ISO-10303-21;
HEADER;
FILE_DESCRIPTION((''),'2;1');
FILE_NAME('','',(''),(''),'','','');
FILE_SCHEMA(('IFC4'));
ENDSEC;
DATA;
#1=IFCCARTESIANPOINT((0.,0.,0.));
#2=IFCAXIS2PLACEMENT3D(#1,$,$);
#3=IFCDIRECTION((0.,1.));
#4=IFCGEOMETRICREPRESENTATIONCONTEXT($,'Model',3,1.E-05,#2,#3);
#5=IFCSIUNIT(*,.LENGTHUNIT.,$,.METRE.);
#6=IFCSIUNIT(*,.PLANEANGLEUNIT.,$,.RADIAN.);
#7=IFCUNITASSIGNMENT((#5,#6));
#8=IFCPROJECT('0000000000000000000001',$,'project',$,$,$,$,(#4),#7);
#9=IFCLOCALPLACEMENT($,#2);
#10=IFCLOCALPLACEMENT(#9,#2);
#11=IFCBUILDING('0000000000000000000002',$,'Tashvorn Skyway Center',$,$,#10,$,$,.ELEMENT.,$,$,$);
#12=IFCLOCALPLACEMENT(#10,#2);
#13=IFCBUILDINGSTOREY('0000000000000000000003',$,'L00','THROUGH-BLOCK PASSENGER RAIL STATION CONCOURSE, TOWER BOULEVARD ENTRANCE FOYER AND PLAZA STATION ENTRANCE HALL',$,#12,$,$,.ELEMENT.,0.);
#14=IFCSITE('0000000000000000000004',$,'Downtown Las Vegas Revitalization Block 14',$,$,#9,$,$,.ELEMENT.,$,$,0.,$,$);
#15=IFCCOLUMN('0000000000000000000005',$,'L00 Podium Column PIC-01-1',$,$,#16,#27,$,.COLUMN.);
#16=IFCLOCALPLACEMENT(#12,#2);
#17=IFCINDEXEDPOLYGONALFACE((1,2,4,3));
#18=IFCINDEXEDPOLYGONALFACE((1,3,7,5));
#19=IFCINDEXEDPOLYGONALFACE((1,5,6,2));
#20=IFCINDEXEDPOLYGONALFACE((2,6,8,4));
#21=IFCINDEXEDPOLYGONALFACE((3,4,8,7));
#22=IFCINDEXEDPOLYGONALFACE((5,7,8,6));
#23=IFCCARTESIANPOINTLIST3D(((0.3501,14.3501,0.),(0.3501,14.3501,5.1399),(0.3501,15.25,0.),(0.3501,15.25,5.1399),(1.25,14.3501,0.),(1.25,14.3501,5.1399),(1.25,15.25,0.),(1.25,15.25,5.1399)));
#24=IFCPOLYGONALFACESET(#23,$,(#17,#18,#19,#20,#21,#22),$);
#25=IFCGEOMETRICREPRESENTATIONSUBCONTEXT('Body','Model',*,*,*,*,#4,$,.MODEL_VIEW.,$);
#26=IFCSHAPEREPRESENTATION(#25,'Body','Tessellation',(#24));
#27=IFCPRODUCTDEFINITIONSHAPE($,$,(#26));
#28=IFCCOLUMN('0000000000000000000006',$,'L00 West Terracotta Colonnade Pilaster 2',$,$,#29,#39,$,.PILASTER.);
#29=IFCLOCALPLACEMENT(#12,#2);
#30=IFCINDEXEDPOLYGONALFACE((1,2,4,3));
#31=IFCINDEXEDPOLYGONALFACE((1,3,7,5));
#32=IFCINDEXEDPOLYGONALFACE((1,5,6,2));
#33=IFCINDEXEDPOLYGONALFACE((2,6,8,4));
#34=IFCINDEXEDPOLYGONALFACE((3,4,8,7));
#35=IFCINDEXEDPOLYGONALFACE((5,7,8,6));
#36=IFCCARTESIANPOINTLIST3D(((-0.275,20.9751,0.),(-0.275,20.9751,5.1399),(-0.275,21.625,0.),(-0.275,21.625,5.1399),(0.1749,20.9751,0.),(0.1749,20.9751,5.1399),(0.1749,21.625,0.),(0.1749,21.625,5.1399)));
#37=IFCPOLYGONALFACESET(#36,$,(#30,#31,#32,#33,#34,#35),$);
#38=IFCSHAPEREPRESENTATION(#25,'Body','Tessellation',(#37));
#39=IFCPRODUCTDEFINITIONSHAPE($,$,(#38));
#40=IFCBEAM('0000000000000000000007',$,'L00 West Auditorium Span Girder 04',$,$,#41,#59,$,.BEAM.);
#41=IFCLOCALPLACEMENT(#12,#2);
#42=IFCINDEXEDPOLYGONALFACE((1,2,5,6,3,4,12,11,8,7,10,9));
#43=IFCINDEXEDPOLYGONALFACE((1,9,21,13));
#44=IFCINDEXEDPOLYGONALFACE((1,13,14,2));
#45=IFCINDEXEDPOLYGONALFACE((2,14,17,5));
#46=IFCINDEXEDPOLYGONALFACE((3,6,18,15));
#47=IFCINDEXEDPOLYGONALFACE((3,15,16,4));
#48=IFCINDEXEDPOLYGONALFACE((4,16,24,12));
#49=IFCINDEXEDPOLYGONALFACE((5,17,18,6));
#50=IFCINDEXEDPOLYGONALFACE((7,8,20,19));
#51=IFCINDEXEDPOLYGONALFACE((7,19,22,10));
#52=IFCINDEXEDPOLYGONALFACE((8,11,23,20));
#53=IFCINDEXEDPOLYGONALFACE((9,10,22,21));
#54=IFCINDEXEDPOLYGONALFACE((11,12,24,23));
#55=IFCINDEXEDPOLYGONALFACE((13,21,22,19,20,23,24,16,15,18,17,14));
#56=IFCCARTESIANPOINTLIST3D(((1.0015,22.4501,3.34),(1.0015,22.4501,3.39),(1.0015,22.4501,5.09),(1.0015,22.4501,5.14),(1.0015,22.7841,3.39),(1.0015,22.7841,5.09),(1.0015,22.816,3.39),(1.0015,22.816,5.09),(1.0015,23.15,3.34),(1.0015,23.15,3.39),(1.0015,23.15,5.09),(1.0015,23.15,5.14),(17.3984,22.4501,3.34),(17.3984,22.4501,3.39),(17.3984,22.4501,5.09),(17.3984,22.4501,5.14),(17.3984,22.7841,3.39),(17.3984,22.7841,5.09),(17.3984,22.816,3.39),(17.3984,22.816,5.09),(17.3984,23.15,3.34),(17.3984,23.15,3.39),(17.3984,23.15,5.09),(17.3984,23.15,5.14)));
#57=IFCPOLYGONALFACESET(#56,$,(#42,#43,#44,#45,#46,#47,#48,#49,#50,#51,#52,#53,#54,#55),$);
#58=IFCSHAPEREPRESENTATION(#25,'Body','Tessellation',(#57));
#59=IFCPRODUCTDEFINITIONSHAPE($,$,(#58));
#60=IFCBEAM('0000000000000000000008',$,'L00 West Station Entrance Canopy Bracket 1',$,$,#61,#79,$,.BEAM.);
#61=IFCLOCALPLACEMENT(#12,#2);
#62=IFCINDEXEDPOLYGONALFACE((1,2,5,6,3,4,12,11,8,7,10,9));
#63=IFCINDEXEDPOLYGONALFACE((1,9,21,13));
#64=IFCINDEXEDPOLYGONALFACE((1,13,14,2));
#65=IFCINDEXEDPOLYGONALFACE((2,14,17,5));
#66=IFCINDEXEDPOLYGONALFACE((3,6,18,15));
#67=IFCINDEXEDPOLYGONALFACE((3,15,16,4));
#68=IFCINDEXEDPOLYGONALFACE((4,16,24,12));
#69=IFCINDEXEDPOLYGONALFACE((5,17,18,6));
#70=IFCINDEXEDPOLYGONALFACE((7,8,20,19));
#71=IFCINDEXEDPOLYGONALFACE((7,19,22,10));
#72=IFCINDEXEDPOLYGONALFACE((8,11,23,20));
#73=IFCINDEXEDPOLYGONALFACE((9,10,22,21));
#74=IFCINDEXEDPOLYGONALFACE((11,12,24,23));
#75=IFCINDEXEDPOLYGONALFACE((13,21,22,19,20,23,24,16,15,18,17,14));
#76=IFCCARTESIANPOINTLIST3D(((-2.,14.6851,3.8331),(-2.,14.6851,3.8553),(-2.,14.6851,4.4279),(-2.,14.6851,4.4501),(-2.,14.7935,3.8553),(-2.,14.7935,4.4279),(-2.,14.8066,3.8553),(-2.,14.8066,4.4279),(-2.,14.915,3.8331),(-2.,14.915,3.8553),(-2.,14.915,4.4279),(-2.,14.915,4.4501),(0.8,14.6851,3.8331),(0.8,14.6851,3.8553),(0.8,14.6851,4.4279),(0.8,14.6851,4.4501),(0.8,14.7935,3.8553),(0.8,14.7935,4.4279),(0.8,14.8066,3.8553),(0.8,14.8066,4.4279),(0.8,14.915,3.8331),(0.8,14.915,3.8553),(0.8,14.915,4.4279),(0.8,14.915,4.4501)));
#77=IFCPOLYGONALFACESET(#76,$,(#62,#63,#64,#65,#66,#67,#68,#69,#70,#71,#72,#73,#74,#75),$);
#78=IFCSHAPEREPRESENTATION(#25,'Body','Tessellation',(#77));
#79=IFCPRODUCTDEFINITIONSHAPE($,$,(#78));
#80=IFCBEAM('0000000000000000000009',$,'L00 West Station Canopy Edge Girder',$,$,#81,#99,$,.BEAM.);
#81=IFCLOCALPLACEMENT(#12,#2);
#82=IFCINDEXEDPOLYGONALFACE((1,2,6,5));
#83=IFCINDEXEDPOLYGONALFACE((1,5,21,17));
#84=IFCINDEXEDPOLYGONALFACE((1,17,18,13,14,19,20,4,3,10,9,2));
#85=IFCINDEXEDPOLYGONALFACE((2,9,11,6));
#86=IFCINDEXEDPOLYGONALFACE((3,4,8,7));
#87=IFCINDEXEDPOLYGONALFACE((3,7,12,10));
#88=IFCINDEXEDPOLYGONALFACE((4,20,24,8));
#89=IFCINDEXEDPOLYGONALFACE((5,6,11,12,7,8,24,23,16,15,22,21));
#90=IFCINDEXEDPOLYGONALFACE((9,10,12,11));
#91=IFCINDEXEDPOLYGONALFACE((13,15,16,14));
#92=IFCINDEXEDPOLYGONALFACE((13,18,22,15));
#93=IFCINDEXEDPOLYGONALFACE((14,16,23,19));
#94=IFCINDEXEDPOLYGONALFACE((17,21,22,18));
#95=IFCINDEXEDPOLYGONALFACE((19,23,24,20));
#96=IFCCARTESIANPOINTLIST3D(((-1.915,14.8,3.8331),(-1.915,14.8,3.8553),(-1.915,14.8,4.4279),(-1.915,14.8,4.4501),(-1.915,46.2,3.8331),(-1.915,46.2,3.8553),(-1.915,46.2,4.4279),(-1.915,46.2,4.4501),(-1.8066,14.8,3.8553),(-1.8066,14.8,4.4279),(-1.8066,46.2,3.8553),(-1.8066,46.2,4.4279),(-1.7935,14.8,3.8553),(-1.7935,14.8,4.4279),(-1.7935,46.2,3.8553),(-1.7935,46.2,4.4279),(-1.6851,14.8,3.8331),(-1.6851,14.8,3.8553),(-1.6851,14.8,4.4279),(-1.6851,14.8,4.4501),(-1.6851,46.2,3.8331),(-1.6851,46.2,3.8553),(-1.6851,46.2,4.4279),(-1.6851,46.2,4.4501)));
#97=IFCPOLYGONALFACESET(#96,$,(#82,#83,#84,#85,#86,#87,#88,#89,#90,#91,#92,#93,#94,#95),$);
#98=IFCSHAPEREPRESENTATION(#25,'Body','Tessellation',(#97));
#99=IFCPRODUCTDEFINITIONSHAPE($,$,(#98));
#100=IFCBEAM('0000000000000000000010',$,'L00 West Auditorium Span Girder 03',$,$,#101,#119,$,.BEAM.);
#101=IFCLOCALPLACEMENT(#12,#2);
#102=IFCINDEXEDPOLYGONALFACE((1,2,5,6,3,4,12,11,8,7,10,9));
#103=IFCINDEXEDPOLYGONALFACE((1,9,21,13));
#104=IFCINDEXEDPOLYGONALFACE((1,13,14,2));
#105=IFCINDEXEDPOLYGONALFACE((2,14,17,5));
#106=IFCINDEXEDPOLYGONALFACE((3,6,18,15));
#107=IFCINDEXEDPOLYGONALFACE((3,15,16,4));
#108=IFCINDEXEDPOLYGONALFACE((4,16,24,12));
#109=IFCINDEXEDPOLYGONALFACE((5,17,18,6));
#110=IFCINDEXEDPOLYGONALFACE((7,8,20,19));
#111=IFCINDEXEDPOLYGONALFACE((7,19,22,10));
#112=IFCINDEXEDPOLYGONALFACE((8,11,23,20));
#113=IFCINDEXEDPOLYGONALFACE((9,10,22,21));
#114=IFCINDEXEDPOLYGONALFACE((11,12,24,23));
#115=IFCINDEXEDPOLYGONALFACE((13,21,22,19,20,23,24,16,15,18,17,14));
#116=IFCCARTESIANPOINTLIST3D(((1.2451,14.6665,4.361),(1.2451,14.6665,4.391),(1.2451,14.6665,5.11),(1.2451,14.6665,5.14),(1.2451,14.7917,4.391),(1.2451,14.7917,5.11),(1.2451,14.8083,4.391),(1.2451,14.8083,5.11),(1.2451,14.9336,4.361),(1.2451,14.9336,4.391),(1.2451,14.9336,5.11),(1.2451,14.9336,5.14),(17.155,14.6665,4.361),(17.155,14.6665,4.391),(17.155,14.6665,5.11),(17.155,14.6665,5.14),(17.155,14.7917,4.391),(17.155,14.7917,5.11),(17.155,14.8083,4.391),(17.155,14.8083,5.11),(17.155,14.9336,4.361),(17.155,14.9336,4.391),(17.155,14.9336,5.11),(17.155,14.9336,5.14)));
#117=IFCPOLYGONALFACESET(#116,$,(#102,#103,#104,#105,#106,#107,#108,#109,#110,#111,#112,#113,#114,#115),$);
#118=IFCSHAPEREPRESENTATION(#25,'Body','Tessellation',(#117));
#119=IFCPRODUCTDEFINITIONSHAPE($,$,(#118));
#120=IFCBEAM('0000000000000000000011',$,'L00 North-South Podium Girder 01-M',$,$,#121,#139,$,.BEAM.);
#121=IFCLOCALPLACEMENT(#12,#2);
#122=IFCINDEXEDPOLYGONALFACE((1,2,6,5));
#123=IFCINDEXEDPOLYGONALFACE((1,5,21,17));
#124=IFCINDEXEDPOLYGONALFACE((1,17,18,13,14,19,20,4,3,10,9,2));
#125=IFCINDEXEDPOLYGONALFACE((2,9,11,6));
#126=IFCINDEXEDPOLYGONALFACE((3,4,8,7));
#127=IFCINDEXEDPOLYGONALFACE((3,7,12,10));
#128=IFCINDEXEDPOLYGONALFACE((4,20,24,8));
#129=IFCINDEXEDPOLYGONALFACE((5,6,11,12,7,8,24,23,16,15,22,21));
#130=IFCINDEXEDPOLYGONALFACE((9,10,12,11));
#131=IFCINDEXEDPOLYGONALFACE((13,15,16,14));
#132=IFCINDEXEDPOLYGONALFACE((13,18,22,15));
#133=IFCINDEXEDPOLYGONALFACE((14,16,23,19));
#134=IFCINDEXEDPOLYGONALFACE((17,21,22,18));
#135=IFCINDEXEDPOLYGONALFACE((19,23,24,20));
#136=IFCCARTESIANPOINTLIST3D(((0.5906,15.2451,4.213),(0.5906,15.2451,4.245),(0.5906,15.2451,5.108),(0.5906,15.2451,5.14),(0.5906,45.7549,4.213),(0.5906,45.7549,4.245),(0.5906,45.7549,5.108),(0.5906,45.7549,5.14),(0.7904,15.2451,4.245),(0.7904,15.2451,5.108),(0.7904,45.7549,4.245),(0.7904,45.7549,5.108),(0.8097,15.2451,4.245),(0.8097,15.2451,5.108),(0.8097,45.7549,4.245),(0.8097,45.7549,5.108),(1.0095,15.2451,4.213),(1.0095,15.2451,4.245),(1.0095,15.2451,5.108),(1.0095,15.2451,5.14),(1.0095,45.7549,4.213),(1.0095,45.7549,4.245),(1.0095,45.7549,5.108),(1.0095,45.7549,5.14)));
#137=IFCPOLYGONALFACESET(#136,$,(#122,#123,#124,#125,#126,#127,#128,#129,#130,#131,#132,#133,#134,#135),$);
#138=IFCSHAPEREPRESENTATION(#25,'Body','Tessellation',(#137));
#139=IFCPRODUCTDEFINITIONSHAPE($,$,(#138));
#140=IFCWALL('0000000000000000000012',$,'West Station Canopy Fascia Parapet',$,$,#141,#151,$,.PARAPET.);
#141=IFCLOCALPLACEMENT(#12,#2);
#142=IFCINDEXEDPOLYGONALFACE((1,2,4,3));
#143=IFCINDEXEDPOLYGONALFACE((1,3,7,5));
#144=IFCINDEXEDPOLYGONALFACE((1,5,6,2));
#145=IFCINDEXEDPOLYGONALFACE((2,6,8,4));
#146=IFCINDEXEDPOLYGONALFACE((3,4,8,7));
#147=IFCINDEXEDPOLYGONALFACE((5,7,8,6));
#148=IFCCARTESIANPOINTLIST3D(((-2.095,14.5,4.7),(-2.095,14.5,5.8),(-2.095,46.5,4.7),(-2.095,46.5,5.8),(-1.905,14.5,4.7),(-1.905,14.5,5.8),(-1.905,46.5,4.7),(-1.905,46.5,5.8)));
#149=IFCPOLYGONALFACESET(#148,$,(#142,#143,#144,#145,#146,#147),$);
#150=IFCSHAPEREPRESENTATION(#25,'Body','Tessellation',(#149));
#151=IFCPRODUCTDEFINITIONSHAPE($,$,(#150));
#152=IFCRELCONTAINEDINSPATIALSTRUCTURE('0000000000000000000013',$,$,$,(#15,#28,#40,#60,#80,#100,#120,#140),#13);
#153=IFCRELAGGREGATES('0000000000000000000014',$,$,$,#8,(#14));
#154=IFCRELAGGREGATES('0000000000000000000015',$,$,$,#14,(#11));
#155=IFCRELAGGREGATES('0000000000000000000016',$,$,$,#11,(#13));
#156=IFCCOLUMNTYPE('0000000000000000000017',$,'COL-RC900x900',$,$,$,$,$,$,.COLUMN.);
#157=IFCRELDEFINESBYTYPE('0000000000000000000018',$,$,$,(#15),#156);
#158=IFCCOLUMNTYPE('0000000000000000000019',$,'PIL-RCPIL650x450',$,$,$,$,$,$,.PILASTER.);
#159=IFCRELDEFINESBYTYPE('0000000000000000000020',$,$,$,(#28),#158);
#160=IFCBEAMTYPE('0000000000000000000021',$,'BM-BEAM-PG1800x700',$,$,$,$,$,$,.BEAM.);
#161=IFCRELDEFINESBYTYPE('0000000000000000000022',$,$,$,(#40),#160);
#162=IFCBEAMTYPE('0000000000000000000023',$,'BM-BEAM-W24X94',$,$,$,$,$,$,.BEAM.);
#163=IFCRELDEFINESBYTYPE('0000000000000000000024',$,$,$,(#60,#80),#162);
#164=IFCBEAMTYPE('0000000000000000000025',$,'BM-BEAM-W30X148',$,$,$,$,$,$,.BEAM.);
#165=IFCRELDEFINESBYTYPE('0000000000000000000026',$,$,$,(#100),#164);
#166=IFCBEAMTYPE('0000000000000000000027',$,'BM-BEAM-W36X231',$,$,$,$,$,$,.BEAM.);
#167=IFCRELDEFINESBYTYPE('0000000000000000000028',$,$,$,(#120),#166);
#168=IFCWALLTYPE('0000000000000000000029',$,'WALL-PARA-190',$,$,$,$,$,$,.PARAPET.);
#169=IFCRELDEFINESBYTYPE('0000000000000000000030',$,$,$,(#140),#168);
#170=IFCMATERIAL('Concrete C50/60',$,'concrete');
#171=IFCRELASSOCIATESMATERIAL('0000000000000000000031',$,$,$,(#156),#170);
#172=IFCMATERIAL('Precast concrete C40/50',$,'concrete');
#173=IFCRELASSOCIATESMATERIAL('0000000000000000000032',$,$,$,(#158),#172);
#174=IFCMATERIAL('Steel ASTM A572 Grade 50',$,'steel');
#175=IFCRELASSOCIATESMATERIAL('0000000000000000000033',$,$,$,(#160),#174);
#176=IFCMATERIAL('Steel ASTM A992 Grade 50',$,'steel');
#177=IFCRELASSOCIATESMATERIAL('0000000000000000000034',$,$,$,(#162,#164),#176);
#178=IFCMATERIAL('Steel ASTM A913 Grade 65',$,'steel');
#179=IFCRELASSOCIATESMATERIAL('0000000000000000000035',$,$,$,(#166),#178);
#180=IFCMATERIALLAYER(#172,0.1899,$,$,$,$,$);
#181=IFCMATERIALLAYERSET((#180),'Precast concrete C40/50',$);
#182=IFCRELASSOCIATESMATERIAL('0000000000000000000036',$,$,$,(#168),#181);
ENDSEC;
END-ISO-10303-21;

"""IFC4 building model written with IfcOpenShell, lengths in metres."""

from ifc_helpers import new_model, si_unit, direction, frame, frame_2d, origin, origin_2d, place, context, subcontext, project, spatial, rectangle, i_section, extrude, material, layer, layer_set, material_profile, profile_set, type_object, element, save


model = new_model("IFC4")

# Units and contexts
model_context = context("Model", 3, precision=1e-05, world=origin(), true_north=direction((0.0, 1.0)))
body_context = subcontext(model_context, "Body", "Model", "MODEL_VIEW")
ifc_project = project(units=[si_unit("LENGTHUNIT", "METRE"), si_unit("PLANEANGLEUNIT", "RADIAN")], contexts=[model_context])

# Site, building, storey
site_placement = place(None, origin())
site = spatial("IfcSite", under=ifc_project, at=site_placement, Name="Downtown Las Vegas Revitalization Block 14", CompositionType="ELEMENT", RefElevation=0.0)
building_placement = place(site_placement, origin())
building = spatial("IfcBuilding", under=site, at=building_placement, Name="Tashvorn Skyway Center", CompositionType="ELEMENT")
storey_placement = place(building_placement, origin())
storey = spatial("IfcBuildingStorey", under=building, at=storey_placement, Name="L00", Description="THROUGH-BLOCK PASSENGER RAIL STATION CONCOURSE, TOWER BOULEVARD ENTRANCE FOYER AND PLAZA STATION ENTRANCE HALL", CompositionType="ELEMENT", Elevation=0.0)

# Columns
ifc_material_1 = material(Name="Concrete C50/60", Category="concrete")
ifc_material_profile_1 = material_profile(ifc_material_1, rectangle(XDim=0.8999, YDim=0.8999, at=origin_2d()), Name="RC900x900")
ifc_profile_set_1 = profile_set([ifc_material_profile_1], Name="Concrete C50/60")
column_type_1 = type_object("IfcColumnType", Name="COL-RC900x900", PredefinedType="COLUMN", material=ifc_profile_set_1)
column_1_placement = place(storey_placement, frame((0.8, 14.8, 0.0), z_axis=(0.0, 0.0, 1.0), x_axis=(1.0, 0.0, 0.0)))
element("IfcColumn", 1, at=column_1_placement, inside=storey, type_object=column_type_1, Name="L00 Podium Column PIC-01-1", PredefinedType="COLUMN", context=body_context, shape_type="SweptSolid", body=[
    extrude(rectangle(XDim=0.8999, YDim=0.8999, at=origin_2d()), origin(), (0.0, 0.0, 1.0), 5.1399),
])
ifc_material_2 = material(Name="Precast concrete C40/50", Category="concrete")
ifc_material_profile_2 = material_profile(ifc_material_2, rectangle(XDim=0.6499, YDim=0.45, at=origin_2d()), Name="RCPIL650x450")
ifc_profile_set_2 = profile_set([ifc_material_profile_2], Name="Precast concrete C40/50")
column_type_2 = type_object("IfcColumnType", Name="PIL-RCPIL650x450", PredefinedType="PILASTER", material=ifc_profile_set_2)
column_2_placement = place(storey_placement, frame((-0.05, 21.3, 0.0), z_axis=(0.0, 0.0, 1.0), x_axis=(0.0, 1.0, 0.0)))
element("IfcColumn", 2, at=column_2_placement, inside=storey, type_object=column_type_2, Name="L00 West Terracotta Colonnade Pilaster 2", PredefinedType="PILASTER", context=body_context, shape_type="SweptSolid", body=[
    extrude(rectangle(XDim=0.6499, YDim=0.45, at=origin_2d()), origin(), (0.0, 0.0, 1.0), 5.1399),
])

# Beams
ifc_material_3 = material(Name="Steel ASTM A572 Grade 50", Category="steel")
ifc_material_profile_3 = material_profile(ifc_material_3, i_section(OverallWidth=0.7, OverallDepth=1.8, WebThickness=0.032, FlangeThickness=0.05, at=origin_2d()), Name="PG1800x700")
ifc_profile_set_3 = profile_set([ifc_material_profile_3], Name="Steel ASTM A572 Grade 50")
beam_type_1 = type_object("IfcBeamType", Name="BM-BEAM-PG1800x700", PredefinedType="BEAM", material=ifc_profile_set_3)
beam_1_placement = place(storey_placement, frame((1.0015, 22.8, 4.24), z_axis=(1.0, 0.0, 0.0), x_axis=(0.0, 1.0, 0.0)))
element("IfcBeam", 3, at=beam_1_placement, inside=storey, type_object=beam_type_1, Name="L00 West Auditorium Span Girder 04", PredefinedType="BEAM", context=body_context, shape_type="SweptSolid", body=[
    extrude(i_section(OverallWidth=0.7, OverallDepth=1.8, WebThickness=0.032, FlangeThickness=0.05, at=origin_2d()), origin(), (0.0, 0.0, 1.0), 16.397),
])
ifc_material_4 = material(Name="Steel ASTM A992 Grade 50", Category="steel")
ifc_material_profile_4 = material_profile(ifc_material_4, i_section(OverallWidth=0.23, OverallDepth=0.6169, WebThickness=0.0132, FlangeThickness=0.0222, at=origin_2d()), Name="W24X94")
ifc_profile_set_4 = profile_set([ifc_material_profile_4], Name="Steel ASTM A992 Grade 50")
beam_type_2 = type_object("IfcBeamType", Name="BM-BEAM-W24X94", PredefinedType="BEAM", material=ifc_profile_set_4)
beam_2_placement = place(storey_placement, frame((0.8, 14.8, 4.1416), z_axis=(-1.0, 0.0, 0.0), x_axis=(0.0, -1.0, 0.0)))
element("IfcBeam", 4, at=beam_2_placement, inside=storey, type_object=beam_type_2, Name="L00 West Station Entrance Canopy Bracket 1", PredefinedType="BEAM", context=body_context, shape_type="SweptSolid", body=[
    extrude(i_section(OverallWidth=0.23, OverallDepth=0.6169, WebThickness=0.0132, FlangeThickness=0.0222, at=origin_2d()), origin(), (0.0, 0.0, 1.0), 2.8),
])
beam_3_placement = place(storey_placement, frame((-1.8, 14.8, 4.1416), z_axis=(0.0, 1.0, 0.0), x_axis=(-1.0, 0.0, 0.0)))
element("IfcBeam", 5, at=beam_3_placement, inside=storey, type_object=beam_type_2, Name="L00 West Station Canopy Edge Girder", PredefinedType="BEAM", context=body_context, shape_type="SweptSolid", body=[
    extrude(i_section(OverallWidth=0.23, OverallDepth=0.6169, WebThickness=0.0132, FlangeThickness=0.0222, at=origin_2d()), origin(), (0.0, 0.0, 1.0), 31.3999),
])
ifc_material_profile_5 = material_profile(ifc_material_4, i_section(OverallWidth=0.2671, OverallDepth=0.7791, WebThickness=0.0166, FlangeThickness=0.03, at=origin_2d()), Name="W30X148")
ifc_profile_set_5 = profile_set([ifc_material_profile_5], Name="Steel ASTM A992 Grade 50")
beam_type_3 = type_object("IfcBeamType", Name="BM-BEAM-W30X148", PredefinedType="BEAM", material=ifc_profile_set_5)
beam_4_placement = place(storey_placement, frame((1.2451, 14.8, 4.7505), z_axis=(1.0, 0.0, 0.0), x_axis=(0.0, 1.0, 0.0)))
element("IfcBeam", 6, at=beam_4_placement, inside=storey, type_object=beam_type_3, Name="L00 West Auditorium Span Girder 03", PredefinedType="BEAM", context=body_context, shape_type="SweptSolid", body=[
    extrude(i_section(OverallWidth=0.2671, OverallDepth=0.7791, WebThickness=0.0166, FlangeThickness=0.03, at=origin_2d()), origin(), (0.0, 0.0, 1.0), 15.9099),
])
ifc_material_5 = material(Name="Steel ASTM A913 Grade 65", Category="steel")
ifc_material_profile_6 = material_profile(ifc_material_5, i_section(OverallWidth=0.4189, OverallDepth=0.927, WebThickness=0.0193, FlangeThickness=0.032, at=origin_2d()), Name="W36X231")
ifc_profile_set_6 = profile_set([ifc_material_profile_6], Name="Steel ASTM A913 Grade 65")
beam_type_4 = type_object("IfcBeamType", Name="BM-BEAM-W36X231", PredefinedType="BEAM", material=ifc_profile_set_6)
beam_5_placement = place(storey_placement, frame((0.8, 15.2451, 4.6765), z_axis=(0.0, 1.0, 0.0), x_axis=(-1.0, 0.0, 0.0)))
element("IfcBeam", 7, at=beam_5_placement, inside=storey, type_object=beam_type_4, Name="L00 North-South Podium Girder 01-M", PredefinedType="BEAM", context=body_context, shape_type="SweptSolid", body=[
    extrude(i_section(OverallWidth=0.4189, OverallDepth=0.927, WebThickness=0.0193, FlangeThickness=0.032, at=origin_2d()), origin(), (0.0, 0.0, 1.0), 30.5098),
])

# Wall
ifc_layer_1 = layer(ifc_material_2, 0.1899)
ifc_layer_set_1 = layer_set([ifc_layer_1], Name="Precast concrete C40/50")
wall_type_1 = type_object("IfcWallType", Name="WALL-PARA-190", PredefinedType="PARAPET", material=ifc_layer_set_1)
wall_1_placement = place(storey_placement, frame((-2.0, 14.5, 4.7), z_axis=(0.0, 0.0, 1.0), x_axis=(0.0, 1.0, 0.0)))
element("IfcWall", 8, at=wall_1_placement, inside=storey, type_object=wall_type_1, Name="West Station Canopy Fascia Parapet", PredefinedType="PARAPET", context=body_context, shape_type="SweptSolid", body=[
    extrude(rectangle(XDim=32.0, YDim=0.1899, at=frame_2d((16.0, 0.0))), origin(), (0.0, 0.0, 1.0), 1.1001),
])

save(model, "model.ifc")
